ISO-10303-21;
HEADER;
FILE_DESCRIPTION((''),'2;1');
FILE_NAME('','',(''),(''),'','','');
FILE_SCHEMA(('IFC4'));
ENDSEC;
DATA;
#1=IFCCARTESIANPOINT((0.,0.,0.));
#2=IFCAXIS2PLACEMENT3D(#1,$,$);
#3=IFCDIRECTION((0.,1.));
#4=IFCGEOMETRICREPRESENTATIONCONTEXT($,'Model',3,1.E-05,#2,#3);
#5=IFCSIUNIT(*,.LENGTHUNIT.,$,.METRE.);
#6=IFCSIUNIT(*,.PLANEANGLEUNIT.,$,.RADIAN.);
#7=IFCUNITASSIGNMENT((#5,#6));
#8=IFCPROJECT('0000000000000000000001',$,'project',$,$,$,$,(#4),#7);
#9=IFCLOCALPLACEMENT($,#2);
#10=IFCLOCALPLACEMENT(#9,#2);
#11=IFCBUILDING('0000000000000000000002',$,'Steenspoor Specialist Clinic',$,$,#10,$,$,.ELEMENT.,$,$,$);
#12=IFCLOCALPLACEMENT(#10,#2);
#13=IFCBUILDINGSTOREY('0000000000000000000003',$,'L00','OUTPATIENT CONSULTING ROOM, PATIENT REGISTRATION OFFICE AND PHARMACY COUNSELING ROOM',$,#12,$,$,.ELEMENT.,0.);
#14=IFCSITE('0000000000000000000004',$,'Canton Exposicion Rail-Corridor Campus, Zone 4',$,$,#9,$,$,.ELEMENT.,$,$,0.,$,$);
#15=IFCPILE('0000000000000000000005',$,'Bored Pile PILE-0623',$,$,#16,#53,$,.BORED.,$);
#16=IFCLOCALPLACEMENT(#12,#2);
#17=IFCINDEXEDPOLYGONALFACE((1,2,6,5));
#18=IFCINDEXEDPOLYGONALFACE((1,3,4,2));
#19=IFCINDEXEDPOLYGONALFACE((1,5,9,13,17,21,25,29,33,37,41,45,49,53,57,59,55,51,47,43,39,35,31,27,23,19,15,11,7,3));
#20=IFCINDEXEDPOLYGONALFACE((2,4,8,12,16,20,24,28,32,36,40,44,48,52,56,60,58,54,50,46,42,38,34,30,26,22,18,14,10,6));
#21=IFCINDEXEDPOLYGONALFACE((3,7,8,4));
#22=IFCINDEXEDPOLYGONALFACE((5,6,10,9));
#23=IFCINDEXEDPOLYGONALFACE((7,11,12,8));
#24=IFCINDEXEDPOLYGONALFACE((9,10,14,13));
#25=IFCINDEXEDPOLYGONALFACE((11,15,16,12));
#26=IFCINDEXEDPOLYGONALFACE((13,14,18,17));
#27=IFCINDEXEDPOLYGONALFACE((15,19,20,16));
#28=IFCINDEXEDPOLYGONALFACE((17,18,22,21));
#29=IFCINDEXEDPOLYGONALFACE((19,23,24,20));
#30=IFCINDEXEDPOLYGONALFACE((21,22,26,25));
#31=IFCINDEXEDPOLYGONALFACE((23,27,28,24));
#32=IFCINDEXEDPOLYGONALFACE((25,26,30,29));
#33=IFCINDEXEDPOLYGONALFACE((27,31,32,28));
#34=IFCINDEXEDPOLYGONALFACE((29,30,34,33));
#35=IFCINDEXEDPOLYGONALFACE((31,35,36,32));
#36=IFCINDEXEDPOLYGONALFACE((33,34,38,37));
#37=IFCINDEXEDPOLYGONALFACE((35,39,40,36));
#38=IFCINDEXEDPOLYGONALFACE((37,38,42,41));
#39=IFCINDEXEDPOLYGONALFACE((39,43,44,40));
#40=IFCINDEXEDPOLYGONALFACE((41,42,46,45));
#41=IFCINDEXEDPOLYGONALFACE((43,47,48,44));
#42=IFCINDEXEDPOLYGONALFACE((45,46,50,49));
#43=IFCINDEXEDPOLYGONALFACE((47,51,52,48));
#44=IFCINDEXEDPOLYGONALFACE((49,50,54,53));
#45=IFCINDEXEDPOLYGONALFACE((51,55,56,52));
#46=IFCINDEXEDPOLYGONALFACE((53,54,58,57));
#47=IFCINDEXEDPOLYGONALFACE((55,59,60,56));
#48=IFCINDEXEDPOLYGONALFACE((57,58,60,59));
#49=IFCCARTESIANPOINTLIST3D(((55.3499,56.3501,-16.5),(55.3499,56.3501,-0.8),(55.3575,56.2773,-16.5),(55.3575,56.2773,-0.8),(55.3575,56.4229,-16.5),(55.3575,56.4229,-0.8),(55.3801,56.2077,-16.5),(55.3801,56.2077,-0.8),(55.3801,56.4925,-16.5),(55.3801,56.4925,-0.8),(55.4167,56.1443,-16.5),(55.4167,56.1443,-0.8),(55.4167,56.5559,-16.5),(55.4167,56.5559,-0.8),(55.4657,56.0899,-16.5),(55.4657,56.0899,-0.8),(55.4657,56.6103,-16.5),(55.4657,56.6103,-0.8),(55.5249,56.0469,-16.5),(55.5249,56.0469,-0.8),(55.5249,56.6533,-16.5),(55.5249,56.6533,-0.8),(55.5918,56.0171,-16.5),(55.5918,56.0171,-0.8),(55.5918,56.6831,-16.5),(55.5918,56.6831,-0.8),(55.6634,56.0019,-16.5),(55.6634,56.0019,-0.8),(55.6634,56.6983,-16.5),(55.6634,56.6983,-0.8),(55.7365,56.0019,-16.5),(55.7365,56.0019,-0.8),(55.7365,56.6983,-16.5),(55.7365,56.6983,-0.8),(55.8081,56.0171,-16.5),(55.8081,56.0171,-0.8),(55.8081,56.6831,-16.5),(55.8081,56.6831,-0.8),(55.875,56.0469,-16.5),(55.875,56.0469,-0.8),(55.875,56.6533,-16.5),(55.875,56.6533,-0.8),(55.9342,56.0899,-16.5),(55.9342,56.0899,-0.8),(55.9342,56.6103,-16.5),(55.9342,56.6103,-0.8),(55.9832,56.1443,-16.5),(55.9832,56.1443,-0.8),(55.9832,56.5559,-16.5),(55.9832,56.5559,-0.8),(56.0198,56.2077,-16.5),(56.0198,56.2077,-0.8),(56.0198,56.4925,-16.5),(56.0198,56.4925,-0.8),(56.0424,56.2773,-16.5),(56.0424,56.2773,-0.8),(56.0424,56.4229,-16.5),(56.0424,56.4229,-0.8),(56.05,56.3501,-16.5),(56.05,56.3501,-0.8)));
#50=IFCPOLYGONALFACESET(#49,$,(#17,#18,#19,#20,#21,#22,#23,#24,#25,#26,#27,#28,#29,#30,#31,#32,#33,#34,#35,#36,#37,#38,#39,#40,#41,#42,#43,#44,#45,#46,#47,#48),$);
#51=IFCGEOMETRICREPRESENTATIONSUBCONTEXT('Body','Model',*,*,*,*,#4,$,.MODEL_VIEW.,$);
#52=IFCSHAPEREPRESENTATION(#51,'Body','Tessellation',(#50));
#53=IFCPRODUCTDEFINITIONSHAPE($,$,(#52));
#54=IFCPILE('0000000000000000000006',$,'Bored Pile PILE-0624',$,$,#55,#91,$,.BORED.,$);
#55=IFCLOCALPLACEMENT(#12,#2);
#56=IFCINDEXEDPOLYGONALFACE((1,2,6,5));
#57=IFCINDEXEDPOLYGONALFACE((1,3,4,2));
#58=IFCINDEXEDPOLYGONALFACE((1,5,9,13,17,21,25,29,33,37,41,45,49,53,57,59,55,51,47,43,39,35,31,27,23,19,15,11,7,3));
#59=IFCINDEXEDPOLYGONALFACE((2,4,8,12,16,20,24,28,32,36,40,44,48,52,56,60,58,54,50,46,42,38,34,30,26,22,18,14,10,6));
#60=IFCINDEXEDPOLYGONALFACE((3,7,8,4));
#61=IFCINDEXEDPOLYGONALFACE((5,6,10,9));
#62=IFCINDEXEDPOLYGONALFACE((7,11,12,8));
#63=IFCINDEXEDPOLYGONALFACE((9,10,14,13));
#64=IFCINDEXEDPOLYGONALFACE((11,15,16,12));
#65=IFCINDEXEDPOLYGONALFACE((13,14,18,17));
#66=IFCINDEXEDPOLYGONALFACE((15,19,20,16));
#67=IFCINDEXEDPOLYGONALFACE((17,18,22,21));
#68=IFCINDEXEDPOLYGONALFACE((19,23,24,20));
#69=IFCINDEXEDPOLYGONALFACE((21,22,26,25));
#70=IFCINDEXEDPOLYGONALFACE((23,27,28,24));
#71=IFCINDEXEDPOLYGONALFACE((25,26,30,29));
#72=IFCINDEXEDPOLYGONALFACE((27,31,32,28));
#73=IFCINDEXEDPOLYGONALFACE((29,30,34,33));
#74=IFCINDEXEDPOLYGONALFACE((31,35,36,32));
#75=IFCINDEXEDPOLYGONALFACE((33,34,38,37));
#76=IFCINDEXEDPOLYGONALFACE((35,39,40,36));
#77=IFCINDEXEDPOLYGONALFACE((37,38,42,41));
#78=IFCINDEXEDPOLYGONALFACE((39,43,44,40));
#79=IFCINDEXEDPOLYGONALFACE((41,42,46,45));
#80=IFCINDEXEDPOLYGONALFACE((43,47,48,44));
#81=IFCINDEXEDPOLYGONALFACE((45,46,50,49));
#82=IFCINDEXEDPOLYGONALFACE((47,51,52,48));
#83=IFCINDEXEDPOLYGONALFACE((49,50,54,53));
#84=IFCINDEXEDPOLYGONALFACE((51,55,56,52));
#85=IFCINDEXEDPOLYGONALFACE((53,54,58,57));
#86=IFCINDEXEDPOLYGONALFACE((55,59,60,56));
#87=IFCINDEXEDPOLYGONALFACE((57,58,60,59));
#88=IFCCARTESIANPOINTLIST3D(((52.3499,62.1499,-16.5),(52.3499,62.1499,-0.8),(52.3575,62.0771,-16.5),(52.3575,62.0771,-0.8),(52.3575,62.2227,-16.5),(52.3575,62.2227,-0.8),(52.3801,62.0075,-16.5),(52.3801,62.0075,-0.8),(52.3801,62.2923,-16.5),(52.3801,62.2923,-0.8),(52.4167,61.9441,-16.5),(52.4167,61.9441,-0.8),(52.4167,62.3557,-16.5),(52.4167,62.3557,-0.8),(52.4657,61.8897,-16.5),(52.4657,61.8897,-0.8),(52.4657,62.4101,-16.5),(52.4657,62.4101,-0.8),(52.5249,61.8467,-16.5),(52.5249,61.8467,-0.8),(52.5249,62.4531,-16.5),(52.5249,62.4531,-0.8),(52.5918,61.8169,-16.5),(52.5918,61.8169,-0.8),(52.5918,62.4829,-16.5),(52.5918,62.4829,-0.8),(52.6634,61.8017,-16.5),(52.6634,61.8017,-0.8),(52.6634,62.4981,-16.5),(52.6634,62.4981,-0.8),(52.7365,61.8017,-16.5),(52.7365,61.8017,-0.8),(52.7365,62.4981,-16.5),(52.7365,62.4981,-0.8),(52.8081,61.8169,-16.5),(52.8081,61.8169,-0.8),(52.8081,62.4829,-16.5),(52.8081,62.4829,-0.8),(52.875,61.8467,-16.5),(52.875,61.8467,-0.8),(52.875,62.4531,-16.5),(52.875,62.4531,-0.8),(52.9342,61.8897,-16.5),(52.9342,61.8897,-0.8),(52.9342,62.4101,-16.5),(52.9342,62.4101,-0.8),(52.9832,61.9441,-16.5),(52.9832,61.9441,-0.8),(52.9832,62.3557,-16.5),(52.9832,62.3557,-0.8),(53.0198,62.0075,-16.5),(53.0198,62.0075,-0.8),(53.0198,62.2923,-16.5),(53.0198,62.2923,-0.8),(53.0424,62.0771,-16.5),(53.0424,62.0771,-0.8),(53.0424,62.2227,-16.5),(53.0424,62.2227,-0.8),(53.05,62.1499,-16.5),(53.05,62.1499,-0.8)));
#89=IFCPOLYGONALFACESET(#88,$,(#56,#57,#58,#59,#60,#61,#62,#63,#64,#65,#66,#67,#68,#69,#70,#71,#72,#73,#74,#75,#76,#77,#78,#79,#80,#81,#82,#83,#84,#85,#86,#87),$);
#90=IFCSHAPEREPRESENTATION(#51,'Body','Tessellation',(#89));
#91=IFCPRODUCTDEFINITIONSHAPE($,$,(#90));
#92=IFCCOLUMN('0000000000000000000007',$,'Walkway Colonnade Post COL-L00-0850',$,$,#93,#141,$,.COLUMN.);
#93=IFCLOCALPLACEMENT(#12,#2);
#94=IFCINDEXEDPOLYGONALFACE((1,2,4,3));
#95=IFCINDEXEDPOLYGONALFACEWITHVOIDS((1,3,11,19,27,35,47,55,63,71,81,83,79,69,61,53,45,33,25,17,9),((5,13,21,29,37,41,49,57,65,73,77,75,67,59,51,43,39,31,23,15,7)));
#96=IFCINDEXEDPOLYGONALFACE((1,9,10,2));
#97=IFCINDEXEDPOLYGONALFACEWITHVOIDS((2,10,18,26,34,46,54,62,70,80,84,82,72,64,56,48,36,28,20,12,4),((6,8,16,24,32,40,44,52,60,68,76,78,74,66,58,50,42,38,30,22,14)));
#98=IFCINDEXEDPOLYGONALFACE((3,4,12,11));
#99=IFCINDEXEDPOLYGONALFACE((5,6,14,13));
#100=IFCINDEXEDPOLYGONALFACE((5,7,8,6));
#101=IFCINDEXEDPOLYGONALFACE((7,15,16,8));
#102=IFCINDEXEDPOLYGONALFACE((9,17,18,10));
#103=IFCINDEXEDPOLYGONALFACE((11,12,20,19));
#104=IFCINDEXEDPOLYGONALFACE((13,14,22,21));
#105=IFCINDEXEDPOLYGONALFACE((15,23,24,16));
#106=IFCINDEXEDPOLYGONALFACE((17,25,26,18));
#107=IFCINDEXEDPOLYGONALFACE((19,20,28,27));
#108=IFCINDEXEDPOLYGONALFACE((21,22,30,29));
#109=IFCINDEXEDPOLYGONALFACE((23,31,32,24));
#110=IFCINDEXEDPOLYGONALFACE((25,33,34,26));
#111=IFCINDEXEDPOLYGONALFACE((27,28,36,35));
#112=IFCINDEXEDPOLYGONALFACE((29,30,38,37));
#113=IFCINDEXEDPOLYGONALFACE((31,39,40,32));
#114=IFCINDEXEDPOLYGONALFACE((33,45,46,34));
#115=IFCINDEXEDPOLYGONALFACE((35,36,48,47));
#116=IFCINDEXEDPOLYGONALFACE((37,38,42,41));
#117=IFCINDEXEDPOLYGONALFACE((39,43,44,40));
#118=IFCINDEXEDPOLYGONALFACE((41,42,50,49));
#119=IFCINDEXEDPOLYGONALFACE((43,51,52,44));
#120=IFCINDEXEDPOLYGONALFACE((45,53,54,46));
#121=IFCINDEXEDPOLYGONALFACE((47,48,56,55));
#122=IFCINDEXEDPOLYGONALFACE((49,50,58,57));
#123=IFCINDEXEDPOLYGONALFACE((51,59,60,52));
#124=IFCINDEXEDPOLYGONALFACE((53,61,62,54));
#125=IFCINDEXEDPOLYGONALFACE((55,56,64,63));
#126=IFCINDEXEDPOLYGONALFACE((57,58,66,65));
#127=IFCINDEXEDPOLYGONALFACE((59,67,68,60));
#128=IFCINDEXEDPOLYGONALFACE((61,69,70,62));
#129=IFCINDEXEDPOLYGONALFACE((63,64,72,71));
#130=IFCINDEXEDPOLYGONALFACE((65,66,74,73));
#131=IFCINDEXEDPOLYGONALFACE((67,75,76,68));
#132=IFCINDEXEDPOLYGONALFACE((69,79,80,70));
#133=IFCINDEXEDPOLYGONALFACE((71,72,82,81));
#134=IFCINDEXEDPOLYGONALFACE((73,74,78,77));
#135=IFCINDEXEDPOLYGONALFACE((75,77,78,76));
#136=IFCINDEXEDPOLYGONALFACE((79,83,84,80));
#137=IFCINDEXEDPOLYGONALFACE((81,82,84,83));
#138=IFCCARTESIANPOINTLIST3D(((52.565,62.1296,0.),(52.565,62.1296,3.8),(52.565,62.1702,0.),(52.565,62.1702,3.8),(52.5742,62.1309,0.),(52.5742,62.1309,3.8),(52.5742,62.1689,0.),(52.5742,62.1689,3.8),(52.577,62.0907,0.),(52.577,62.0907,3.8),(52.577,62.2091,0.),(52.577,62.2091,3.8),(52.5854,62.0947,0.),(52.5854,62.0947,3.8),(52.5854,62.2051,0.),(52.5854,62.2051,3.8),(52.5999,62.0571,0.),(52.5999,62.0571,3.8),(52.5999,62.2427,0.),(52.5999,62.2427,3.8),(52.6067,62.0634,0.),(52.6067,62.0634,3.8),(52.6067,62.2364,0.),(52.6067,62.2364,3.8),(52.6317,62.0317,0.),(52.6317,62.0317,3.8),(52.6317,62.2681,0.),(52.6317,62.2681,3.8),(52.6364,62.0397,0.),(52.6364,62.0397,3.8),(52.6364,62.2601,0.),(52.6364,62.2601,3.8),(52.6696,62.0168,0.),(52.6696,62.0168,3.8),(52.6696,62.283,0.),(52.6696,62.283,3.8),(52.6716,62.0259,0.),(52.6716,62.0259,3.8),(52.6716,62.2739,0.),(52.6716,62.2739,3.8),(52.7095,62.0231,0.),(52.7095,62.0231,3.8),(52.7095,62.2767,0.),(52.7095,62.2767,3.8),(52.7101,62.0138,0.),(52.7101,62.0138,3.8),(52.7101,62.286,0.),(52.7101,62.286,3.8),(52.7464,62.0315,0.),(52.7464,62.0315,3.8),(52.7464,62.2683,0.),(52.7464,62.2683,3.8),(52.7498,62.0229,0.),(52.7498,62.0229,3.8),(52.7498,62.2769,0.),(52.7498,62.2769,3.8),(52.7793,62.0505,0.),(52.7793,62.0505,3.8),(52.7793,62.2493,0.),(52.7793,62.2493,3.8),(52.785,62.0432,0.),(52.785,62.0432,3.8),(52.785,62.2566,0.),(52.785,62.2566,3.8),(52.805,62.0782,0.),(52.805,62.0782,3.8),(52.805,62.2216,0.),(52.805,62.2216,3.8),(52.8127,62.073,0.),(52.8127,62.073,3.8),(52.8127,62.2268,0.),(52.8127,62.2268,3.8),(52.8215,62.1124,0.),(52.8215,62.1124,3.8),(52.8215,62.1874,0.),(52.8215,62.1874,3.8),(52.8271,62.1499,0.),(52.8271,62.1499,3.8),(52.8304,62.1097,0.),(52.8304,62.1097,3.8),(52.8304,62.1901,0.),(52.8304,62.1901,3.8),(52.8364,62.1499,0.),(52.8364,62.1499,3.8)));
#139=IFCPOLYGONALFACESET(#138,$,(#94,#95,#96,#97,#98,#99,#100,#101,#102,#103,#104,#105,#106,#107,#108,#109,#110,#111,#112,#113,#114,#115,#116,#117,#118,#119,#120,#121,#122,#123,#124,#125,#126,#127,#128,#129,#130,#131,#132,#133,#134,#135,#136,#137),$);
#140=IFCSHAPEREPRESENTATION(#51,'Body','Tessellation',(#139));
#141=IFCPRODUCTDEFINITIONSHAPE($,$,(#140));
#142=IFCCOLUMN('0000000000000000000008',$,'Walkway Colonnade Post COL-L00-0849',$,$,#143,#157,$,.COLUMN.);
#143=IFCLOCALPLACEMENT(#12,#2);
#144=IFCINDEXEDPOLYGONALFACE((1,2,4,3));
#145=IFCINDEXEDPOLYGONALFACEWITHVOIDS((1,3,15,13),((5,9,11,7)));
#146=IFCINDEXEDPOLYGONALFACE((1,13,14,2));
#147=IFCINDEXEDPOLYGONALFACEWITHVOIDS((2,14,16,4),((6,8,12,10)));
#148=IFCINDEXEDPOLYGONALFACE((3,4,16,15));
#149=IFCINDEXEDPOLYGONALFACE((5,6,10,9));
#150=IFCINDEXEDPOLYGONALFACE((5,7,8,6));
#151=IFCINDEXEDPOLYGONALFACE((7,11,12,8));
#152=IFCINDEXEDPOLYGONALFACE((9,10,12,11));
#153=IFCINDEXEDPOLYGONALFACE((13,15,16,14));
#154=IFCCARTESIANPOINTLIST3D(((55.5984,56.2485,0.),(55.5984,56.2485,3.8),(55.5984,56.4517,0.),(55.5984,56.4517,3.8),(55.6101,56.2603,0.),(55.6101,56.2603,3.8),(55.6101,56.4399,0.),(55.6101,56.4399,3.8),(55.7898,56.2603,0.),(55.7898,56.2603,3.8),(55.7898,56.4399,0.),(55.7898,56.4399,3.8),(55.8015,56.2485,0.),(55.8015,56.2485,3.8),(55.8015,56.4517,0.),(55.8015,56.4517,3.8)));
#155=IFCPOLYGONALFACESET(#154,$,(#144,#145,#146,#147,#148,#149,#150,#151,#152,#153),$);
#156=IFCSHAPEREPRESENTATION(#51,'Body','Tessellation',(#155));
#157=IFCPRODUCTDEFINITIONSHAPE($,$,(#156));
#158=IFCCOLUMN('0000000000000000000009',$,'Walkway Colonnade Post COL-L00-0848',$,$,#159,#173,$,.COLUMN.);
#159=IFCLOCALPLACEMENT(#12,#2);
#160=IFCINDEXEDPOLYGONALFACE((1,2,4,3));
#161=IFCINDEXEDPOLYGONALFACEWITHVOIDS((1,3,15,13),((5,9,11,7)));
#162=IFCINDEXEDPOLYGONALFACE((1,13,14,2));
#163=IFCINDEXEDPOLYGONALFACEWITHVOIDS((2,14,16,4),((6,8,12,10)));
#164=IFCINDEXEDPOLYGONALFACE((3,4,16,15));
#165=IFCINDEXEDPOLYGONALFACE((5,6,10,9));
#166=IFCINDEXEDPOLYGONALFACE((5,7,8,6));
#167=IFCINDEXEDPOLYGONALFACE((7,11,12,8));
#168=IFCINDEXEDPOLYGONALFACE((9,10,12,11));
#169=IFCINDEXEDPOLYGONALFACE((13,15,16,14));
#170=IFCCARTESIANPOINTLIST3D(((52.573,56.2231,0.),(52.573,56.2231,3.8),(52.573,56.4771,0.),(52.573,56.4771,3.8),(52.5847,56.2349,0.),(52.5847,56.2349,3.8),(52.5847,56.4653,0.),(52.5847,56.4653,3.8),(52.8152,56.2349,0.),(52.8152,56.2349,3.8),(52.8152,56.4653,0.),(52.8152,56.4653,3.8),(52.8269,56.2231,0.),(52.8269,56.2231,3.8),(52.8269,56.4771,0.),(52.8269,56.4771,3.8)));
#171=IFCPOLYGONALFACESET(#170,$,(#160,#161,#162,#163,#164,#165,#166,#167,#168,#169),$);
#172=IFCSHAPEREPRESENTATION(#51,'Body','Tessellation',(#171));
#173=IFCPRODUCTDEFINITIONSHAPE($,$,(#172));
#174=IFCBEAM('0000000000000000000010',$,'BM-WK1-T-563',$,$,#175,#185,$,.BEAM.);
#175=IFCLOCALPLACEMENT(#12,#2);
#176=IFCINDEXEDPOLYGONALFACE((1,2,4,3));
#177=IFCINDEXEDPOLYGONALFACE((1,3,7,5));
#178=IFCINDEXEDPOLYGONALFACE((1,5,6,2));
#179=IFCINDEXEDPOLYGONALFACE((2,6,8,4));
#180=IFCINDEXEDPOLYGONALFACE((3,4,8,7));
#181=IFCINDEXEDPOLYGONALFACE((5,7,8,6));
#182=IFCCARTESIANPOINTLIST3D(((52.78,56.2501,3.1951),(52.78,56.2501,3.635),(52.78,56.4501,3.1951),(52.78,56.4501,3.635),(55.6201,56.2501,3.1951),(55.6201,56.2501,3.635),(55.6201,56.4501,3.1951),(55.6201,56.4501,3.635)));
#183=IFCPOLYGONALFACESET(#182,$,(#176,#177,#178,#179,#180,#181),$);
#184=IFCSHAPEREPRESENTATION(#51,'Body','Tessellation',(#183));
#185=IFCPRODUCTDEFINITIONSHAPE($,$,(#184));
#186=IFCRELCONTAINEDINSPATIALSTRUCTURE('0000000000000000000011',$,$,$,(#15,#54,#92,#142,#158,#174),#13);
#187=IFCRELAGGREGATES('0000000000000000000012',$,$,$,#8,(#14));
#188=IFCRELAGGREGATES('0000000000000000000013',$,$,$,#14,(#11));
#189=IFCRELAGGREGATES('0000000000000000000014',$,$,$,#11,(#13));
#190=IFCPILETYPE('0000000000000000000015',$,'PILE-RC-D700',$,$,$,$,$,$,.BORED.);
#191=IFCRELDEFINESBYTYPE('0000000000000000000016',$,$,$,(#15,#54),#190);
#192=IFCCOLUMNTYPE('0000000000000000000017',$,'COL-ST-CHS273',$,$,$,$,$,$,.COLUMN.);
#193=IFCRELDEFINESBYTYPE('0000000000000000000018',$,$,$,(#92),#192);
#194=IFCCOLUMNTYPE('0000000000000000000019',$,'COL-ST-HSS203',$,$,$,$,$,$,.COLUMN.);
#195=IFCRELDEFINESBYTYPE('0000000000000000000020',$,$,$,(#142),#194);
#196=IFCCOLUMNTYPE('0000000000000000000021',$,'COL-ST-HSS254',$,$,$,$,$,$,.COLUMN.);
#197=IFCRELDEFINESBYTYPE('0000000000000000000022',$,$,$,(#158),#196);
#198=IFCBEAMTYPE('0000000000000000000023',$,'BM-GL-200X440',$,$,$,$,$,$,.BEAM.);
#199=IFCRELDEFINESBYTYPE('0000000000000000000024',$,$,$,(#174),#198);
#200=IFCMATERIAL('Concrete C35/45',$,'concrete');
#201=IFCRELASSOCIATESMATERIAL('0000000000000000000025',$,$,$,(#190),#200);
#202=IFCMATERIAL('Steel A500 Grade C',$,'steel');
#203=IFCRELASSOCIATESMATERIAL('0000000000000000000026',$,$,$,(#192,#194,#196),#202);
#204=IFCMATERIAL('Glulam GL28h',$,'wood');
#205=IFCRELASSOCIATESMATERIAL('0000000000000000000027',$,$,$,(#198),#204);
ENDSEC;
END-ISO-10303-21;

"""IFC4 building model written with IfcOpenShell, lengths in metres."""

from ifc_helpers import new_model, si_unit, direction, frame, origin, origin_2d, place, context, subcontext, project, spatial, rectangle, hollow_rectangle, circle, hollow_circle, extrude, material, material_profile, profile_set, type_object, element, save


model = new_model("IFC4")

# Units and contexts
model_context = context("Model", 3, precision=1e-05, world=origin(), true_north=direction((0.0, 1.0)))
body_context = subcontext(model_context, "Body", "Model", "MODEL_VIEW")
ifc_project = project(units=[si_unit("LENGTHUNIT", "METRE"), si_unit("PLANEANGLEUNIT", "RADIAN")], contexts=[model_context])

# Site, building, storey
site_placement = place(None, origin())
site = spatial("IfcSite", under=ifc_project, at=site_placement, Name="Canton Exposicion Rail-Corridor Campus, Zone 4", CompositionType="ELEMENT", RefElevation=0.0)
building_placement = place(site_placement, origin())
building = spatial("IfcBuilding", under=site, at=building_placement, Name="Steenspoor Specialist Clinic", CompositionType="ELEMENT")
storey_placement = place(building_placement, origin())
storey = spatial("IfcBuildingStorey", under=building, at=storey_placement, Name="L00", Description="OUTPATIENT CONSULTING ROOM, PATIENT REGISTRATION OFFICE AND PHARMACY COUNSELING ROOM", CompositionType="ELEMENT", Elevation=0.0)

# Shared definitions
ifc_material_1 = material(Name="Concrete C35/45", Category="concrete")

# Piles
ifc_material_profile_1 = material_profile(ifc_material_1, circle(Radius=0.3501, at=origin_2d()), Name="PILE-D700")
ifc_profile_set_1 = profile_set([ifc_material_profile_1], Name="Concrete C35/45")
pile_type_1 = type_object("IfcPileType", Name="PILE-RC-D700", PredefinedType="BORED", material=ifc_profile_set_1)
for number, where, z_axis, x_axis, name in (
    (1, (55.7, 56.3501, -0.8), (0.0, 0.0, -1.0), (1.0, 0.0, 0.0), "Bored Pile PILE-0623"),
    (2, (52.7, 62.1499, -0.8), (0.0, 0.0, -1.0), (1.0, 0.0, 0.0), "Bored Pile PILE-0624"),
):
    element("IfcPile", number, at=place(storey_placement, frame(where, z_axis=z_axis, x_axis=x_axis)), inside=storey, type_object=pile_type_1, Name=name, PredefinedType="BORED", context=body_context, shape_type="SweptSolid", body=[
        extrude(circle(Radius=0.3501, at=origin_2d()), origin(), (0.0, 0.0, 1.0), 15.7),
    ])

# Columns
ifc_material_2 = material(Name="Steel A500 Grade C", Category="steel")
ifc_material_profile_2 = material_profile(ifc_material_2, hollow_circle(Radius=0.1365, WallThickness=0.0093, at=origin_2d()), Name="CHS273X9.3")
ifc_profile_set_2 = profile_set([ifc_material_profile_2], Name="Steel A500 Grade C")
column_type_1 = type_object("IfcColumnType", Name="COL-ST-CHS273", PredefinedType="COLUMN", material=ifc_profile_set_2)
column_1_placement = place(storey_placement, frame((52.7, 62.1499, 0.0), z_axis=(0.0, 0.0, 1.0), x_axis=(1.0, 0.0, 0.0)))
element("IfcColumn", 3, at=column_1_placement, inside=storey, type_object=column_type_1, Name="Walkway Colonnade Post COL-L00-0850", PredefinedType="COLUMN", context=body_context, shape_type="SweptSolid", body=[
    extrude(hollow_circle(Radius=0.1365, WallThickness=0.0093, at=origin_2d()), origin(), (0.0, 0.0, 1.0), 3.8),
])
ifc_material_profile_3 = material_profile(ifc_material_2, hollow_rectangle(XDim=0.2031, YDim=0.2031, WallThickness=0.0117, at=origin_2d()), Name="HSS203X203X12.7")
ifc_profile_set_3 = profile_set([ifc_material_profile_3], Name="Steel A500 Grade C")
column_type_2 = type_object("IfcColumnType", Name="COL-ST-HSS203", PredefinedType="COLUMN", material=ifc_profile_set_3)
column_2_placement = place(storey_placement, frame((55.7, 56.3501, 0.0), z_axis=(0.0, 0.0, 1.0), x_axis=(1.0, 0.0, 0.0)))
element("IfcColumn", 4, at=column_2_placement, inside=storey, type_object=column_type_2, Name="Walkway Colonnade Post COL-L00-0849", PredefinedType="COLUMN", context=body_context, shape_type="SweptSolid", body=[
    extrude(hollow_rectangle(XDim=0.2031, YDim=0.2031, WallThickness=0.0117, at=origin_2d()), origin(), (0.0, 0.0, 1.0), 3.8),
])
ifc_material_profile_4 = material_profile(ifc_material_2, hollow_rectangle(XDim=0.2539, YDim=0.2539, WallThickness=0.0117, at=origin_2d()), Name="HSS254X254X12.7")
ifc_profile_set_4 = profile_set([ifc_material_profile_4], Name="Steel A500 Grade C")
column_type_3 = type_object("IfcColumnType", Name="COL-ST-HSS254", PredefinedType="COLUMN", material=ifc_profile_set_4)
column_3_placement = place(storey_placement, frame((52.7, 56.3501, 0.0), z_axis=(0.0, 0.0, 1.0), x_axis=(1.0, 0.0, 0.0)))
element("IfcColumn", 5, at=column_3_placement, inside=storey, type_object=column_type_3, Name="Walkway Colonnade Post COL-L00-0848", PredefinedType="COLUMN", context=body_context, shape_type="SweptSolid", body=[
    extrude(hollow_rectangle(XDim=0.2539, YDim=0.2539, WallThickness=0.0117, at=origin_2d()), origin(), (0.0, 0.0, 1.0), 3.8),
])

# Beam
ifc_material_3 = material(Name="Glulam GL28h", Category="wood")
ifc_material_profile_5 = material_profile(ifc_material_3, rectangle(XDim=0.2, YDim=0.4399, at=origin_2d()), Name="GL28H-200X440")
ifc_profile_set_5 = profile_set([ifc_material_profile_5], Name="Glulam GL28h")
beam_type_1 = type_object("IfcBeamType", Name="BM-GL-200X440", PredefinedType="BEAM", material=ifc_profile_set_5)
for number, where, z_axis, x_axis, name in (
    (6, (52.78, 56.3501, 3.415), (1.0, 0.0, 0.0), (0.0, 1.0, 0.0), "BM-WK1-T-563"),
):
    element("IfcBeam", number, at=place(storey_placement, frame(where, z_axis=z_axis, x_axis=x_axis)), inside=storey, type_object=beam_type_1, Name=name, PredefinedType="BEAM", context=body_context, shape_type="SweptSolid", body=[
        extrude(rectangle(XDim=0.2, YDim=0.4399, at=origin_2d()), origin(), (0.0, 0.0, 1.0), 2.8401),
    ])

save(model, "model.ifc")
